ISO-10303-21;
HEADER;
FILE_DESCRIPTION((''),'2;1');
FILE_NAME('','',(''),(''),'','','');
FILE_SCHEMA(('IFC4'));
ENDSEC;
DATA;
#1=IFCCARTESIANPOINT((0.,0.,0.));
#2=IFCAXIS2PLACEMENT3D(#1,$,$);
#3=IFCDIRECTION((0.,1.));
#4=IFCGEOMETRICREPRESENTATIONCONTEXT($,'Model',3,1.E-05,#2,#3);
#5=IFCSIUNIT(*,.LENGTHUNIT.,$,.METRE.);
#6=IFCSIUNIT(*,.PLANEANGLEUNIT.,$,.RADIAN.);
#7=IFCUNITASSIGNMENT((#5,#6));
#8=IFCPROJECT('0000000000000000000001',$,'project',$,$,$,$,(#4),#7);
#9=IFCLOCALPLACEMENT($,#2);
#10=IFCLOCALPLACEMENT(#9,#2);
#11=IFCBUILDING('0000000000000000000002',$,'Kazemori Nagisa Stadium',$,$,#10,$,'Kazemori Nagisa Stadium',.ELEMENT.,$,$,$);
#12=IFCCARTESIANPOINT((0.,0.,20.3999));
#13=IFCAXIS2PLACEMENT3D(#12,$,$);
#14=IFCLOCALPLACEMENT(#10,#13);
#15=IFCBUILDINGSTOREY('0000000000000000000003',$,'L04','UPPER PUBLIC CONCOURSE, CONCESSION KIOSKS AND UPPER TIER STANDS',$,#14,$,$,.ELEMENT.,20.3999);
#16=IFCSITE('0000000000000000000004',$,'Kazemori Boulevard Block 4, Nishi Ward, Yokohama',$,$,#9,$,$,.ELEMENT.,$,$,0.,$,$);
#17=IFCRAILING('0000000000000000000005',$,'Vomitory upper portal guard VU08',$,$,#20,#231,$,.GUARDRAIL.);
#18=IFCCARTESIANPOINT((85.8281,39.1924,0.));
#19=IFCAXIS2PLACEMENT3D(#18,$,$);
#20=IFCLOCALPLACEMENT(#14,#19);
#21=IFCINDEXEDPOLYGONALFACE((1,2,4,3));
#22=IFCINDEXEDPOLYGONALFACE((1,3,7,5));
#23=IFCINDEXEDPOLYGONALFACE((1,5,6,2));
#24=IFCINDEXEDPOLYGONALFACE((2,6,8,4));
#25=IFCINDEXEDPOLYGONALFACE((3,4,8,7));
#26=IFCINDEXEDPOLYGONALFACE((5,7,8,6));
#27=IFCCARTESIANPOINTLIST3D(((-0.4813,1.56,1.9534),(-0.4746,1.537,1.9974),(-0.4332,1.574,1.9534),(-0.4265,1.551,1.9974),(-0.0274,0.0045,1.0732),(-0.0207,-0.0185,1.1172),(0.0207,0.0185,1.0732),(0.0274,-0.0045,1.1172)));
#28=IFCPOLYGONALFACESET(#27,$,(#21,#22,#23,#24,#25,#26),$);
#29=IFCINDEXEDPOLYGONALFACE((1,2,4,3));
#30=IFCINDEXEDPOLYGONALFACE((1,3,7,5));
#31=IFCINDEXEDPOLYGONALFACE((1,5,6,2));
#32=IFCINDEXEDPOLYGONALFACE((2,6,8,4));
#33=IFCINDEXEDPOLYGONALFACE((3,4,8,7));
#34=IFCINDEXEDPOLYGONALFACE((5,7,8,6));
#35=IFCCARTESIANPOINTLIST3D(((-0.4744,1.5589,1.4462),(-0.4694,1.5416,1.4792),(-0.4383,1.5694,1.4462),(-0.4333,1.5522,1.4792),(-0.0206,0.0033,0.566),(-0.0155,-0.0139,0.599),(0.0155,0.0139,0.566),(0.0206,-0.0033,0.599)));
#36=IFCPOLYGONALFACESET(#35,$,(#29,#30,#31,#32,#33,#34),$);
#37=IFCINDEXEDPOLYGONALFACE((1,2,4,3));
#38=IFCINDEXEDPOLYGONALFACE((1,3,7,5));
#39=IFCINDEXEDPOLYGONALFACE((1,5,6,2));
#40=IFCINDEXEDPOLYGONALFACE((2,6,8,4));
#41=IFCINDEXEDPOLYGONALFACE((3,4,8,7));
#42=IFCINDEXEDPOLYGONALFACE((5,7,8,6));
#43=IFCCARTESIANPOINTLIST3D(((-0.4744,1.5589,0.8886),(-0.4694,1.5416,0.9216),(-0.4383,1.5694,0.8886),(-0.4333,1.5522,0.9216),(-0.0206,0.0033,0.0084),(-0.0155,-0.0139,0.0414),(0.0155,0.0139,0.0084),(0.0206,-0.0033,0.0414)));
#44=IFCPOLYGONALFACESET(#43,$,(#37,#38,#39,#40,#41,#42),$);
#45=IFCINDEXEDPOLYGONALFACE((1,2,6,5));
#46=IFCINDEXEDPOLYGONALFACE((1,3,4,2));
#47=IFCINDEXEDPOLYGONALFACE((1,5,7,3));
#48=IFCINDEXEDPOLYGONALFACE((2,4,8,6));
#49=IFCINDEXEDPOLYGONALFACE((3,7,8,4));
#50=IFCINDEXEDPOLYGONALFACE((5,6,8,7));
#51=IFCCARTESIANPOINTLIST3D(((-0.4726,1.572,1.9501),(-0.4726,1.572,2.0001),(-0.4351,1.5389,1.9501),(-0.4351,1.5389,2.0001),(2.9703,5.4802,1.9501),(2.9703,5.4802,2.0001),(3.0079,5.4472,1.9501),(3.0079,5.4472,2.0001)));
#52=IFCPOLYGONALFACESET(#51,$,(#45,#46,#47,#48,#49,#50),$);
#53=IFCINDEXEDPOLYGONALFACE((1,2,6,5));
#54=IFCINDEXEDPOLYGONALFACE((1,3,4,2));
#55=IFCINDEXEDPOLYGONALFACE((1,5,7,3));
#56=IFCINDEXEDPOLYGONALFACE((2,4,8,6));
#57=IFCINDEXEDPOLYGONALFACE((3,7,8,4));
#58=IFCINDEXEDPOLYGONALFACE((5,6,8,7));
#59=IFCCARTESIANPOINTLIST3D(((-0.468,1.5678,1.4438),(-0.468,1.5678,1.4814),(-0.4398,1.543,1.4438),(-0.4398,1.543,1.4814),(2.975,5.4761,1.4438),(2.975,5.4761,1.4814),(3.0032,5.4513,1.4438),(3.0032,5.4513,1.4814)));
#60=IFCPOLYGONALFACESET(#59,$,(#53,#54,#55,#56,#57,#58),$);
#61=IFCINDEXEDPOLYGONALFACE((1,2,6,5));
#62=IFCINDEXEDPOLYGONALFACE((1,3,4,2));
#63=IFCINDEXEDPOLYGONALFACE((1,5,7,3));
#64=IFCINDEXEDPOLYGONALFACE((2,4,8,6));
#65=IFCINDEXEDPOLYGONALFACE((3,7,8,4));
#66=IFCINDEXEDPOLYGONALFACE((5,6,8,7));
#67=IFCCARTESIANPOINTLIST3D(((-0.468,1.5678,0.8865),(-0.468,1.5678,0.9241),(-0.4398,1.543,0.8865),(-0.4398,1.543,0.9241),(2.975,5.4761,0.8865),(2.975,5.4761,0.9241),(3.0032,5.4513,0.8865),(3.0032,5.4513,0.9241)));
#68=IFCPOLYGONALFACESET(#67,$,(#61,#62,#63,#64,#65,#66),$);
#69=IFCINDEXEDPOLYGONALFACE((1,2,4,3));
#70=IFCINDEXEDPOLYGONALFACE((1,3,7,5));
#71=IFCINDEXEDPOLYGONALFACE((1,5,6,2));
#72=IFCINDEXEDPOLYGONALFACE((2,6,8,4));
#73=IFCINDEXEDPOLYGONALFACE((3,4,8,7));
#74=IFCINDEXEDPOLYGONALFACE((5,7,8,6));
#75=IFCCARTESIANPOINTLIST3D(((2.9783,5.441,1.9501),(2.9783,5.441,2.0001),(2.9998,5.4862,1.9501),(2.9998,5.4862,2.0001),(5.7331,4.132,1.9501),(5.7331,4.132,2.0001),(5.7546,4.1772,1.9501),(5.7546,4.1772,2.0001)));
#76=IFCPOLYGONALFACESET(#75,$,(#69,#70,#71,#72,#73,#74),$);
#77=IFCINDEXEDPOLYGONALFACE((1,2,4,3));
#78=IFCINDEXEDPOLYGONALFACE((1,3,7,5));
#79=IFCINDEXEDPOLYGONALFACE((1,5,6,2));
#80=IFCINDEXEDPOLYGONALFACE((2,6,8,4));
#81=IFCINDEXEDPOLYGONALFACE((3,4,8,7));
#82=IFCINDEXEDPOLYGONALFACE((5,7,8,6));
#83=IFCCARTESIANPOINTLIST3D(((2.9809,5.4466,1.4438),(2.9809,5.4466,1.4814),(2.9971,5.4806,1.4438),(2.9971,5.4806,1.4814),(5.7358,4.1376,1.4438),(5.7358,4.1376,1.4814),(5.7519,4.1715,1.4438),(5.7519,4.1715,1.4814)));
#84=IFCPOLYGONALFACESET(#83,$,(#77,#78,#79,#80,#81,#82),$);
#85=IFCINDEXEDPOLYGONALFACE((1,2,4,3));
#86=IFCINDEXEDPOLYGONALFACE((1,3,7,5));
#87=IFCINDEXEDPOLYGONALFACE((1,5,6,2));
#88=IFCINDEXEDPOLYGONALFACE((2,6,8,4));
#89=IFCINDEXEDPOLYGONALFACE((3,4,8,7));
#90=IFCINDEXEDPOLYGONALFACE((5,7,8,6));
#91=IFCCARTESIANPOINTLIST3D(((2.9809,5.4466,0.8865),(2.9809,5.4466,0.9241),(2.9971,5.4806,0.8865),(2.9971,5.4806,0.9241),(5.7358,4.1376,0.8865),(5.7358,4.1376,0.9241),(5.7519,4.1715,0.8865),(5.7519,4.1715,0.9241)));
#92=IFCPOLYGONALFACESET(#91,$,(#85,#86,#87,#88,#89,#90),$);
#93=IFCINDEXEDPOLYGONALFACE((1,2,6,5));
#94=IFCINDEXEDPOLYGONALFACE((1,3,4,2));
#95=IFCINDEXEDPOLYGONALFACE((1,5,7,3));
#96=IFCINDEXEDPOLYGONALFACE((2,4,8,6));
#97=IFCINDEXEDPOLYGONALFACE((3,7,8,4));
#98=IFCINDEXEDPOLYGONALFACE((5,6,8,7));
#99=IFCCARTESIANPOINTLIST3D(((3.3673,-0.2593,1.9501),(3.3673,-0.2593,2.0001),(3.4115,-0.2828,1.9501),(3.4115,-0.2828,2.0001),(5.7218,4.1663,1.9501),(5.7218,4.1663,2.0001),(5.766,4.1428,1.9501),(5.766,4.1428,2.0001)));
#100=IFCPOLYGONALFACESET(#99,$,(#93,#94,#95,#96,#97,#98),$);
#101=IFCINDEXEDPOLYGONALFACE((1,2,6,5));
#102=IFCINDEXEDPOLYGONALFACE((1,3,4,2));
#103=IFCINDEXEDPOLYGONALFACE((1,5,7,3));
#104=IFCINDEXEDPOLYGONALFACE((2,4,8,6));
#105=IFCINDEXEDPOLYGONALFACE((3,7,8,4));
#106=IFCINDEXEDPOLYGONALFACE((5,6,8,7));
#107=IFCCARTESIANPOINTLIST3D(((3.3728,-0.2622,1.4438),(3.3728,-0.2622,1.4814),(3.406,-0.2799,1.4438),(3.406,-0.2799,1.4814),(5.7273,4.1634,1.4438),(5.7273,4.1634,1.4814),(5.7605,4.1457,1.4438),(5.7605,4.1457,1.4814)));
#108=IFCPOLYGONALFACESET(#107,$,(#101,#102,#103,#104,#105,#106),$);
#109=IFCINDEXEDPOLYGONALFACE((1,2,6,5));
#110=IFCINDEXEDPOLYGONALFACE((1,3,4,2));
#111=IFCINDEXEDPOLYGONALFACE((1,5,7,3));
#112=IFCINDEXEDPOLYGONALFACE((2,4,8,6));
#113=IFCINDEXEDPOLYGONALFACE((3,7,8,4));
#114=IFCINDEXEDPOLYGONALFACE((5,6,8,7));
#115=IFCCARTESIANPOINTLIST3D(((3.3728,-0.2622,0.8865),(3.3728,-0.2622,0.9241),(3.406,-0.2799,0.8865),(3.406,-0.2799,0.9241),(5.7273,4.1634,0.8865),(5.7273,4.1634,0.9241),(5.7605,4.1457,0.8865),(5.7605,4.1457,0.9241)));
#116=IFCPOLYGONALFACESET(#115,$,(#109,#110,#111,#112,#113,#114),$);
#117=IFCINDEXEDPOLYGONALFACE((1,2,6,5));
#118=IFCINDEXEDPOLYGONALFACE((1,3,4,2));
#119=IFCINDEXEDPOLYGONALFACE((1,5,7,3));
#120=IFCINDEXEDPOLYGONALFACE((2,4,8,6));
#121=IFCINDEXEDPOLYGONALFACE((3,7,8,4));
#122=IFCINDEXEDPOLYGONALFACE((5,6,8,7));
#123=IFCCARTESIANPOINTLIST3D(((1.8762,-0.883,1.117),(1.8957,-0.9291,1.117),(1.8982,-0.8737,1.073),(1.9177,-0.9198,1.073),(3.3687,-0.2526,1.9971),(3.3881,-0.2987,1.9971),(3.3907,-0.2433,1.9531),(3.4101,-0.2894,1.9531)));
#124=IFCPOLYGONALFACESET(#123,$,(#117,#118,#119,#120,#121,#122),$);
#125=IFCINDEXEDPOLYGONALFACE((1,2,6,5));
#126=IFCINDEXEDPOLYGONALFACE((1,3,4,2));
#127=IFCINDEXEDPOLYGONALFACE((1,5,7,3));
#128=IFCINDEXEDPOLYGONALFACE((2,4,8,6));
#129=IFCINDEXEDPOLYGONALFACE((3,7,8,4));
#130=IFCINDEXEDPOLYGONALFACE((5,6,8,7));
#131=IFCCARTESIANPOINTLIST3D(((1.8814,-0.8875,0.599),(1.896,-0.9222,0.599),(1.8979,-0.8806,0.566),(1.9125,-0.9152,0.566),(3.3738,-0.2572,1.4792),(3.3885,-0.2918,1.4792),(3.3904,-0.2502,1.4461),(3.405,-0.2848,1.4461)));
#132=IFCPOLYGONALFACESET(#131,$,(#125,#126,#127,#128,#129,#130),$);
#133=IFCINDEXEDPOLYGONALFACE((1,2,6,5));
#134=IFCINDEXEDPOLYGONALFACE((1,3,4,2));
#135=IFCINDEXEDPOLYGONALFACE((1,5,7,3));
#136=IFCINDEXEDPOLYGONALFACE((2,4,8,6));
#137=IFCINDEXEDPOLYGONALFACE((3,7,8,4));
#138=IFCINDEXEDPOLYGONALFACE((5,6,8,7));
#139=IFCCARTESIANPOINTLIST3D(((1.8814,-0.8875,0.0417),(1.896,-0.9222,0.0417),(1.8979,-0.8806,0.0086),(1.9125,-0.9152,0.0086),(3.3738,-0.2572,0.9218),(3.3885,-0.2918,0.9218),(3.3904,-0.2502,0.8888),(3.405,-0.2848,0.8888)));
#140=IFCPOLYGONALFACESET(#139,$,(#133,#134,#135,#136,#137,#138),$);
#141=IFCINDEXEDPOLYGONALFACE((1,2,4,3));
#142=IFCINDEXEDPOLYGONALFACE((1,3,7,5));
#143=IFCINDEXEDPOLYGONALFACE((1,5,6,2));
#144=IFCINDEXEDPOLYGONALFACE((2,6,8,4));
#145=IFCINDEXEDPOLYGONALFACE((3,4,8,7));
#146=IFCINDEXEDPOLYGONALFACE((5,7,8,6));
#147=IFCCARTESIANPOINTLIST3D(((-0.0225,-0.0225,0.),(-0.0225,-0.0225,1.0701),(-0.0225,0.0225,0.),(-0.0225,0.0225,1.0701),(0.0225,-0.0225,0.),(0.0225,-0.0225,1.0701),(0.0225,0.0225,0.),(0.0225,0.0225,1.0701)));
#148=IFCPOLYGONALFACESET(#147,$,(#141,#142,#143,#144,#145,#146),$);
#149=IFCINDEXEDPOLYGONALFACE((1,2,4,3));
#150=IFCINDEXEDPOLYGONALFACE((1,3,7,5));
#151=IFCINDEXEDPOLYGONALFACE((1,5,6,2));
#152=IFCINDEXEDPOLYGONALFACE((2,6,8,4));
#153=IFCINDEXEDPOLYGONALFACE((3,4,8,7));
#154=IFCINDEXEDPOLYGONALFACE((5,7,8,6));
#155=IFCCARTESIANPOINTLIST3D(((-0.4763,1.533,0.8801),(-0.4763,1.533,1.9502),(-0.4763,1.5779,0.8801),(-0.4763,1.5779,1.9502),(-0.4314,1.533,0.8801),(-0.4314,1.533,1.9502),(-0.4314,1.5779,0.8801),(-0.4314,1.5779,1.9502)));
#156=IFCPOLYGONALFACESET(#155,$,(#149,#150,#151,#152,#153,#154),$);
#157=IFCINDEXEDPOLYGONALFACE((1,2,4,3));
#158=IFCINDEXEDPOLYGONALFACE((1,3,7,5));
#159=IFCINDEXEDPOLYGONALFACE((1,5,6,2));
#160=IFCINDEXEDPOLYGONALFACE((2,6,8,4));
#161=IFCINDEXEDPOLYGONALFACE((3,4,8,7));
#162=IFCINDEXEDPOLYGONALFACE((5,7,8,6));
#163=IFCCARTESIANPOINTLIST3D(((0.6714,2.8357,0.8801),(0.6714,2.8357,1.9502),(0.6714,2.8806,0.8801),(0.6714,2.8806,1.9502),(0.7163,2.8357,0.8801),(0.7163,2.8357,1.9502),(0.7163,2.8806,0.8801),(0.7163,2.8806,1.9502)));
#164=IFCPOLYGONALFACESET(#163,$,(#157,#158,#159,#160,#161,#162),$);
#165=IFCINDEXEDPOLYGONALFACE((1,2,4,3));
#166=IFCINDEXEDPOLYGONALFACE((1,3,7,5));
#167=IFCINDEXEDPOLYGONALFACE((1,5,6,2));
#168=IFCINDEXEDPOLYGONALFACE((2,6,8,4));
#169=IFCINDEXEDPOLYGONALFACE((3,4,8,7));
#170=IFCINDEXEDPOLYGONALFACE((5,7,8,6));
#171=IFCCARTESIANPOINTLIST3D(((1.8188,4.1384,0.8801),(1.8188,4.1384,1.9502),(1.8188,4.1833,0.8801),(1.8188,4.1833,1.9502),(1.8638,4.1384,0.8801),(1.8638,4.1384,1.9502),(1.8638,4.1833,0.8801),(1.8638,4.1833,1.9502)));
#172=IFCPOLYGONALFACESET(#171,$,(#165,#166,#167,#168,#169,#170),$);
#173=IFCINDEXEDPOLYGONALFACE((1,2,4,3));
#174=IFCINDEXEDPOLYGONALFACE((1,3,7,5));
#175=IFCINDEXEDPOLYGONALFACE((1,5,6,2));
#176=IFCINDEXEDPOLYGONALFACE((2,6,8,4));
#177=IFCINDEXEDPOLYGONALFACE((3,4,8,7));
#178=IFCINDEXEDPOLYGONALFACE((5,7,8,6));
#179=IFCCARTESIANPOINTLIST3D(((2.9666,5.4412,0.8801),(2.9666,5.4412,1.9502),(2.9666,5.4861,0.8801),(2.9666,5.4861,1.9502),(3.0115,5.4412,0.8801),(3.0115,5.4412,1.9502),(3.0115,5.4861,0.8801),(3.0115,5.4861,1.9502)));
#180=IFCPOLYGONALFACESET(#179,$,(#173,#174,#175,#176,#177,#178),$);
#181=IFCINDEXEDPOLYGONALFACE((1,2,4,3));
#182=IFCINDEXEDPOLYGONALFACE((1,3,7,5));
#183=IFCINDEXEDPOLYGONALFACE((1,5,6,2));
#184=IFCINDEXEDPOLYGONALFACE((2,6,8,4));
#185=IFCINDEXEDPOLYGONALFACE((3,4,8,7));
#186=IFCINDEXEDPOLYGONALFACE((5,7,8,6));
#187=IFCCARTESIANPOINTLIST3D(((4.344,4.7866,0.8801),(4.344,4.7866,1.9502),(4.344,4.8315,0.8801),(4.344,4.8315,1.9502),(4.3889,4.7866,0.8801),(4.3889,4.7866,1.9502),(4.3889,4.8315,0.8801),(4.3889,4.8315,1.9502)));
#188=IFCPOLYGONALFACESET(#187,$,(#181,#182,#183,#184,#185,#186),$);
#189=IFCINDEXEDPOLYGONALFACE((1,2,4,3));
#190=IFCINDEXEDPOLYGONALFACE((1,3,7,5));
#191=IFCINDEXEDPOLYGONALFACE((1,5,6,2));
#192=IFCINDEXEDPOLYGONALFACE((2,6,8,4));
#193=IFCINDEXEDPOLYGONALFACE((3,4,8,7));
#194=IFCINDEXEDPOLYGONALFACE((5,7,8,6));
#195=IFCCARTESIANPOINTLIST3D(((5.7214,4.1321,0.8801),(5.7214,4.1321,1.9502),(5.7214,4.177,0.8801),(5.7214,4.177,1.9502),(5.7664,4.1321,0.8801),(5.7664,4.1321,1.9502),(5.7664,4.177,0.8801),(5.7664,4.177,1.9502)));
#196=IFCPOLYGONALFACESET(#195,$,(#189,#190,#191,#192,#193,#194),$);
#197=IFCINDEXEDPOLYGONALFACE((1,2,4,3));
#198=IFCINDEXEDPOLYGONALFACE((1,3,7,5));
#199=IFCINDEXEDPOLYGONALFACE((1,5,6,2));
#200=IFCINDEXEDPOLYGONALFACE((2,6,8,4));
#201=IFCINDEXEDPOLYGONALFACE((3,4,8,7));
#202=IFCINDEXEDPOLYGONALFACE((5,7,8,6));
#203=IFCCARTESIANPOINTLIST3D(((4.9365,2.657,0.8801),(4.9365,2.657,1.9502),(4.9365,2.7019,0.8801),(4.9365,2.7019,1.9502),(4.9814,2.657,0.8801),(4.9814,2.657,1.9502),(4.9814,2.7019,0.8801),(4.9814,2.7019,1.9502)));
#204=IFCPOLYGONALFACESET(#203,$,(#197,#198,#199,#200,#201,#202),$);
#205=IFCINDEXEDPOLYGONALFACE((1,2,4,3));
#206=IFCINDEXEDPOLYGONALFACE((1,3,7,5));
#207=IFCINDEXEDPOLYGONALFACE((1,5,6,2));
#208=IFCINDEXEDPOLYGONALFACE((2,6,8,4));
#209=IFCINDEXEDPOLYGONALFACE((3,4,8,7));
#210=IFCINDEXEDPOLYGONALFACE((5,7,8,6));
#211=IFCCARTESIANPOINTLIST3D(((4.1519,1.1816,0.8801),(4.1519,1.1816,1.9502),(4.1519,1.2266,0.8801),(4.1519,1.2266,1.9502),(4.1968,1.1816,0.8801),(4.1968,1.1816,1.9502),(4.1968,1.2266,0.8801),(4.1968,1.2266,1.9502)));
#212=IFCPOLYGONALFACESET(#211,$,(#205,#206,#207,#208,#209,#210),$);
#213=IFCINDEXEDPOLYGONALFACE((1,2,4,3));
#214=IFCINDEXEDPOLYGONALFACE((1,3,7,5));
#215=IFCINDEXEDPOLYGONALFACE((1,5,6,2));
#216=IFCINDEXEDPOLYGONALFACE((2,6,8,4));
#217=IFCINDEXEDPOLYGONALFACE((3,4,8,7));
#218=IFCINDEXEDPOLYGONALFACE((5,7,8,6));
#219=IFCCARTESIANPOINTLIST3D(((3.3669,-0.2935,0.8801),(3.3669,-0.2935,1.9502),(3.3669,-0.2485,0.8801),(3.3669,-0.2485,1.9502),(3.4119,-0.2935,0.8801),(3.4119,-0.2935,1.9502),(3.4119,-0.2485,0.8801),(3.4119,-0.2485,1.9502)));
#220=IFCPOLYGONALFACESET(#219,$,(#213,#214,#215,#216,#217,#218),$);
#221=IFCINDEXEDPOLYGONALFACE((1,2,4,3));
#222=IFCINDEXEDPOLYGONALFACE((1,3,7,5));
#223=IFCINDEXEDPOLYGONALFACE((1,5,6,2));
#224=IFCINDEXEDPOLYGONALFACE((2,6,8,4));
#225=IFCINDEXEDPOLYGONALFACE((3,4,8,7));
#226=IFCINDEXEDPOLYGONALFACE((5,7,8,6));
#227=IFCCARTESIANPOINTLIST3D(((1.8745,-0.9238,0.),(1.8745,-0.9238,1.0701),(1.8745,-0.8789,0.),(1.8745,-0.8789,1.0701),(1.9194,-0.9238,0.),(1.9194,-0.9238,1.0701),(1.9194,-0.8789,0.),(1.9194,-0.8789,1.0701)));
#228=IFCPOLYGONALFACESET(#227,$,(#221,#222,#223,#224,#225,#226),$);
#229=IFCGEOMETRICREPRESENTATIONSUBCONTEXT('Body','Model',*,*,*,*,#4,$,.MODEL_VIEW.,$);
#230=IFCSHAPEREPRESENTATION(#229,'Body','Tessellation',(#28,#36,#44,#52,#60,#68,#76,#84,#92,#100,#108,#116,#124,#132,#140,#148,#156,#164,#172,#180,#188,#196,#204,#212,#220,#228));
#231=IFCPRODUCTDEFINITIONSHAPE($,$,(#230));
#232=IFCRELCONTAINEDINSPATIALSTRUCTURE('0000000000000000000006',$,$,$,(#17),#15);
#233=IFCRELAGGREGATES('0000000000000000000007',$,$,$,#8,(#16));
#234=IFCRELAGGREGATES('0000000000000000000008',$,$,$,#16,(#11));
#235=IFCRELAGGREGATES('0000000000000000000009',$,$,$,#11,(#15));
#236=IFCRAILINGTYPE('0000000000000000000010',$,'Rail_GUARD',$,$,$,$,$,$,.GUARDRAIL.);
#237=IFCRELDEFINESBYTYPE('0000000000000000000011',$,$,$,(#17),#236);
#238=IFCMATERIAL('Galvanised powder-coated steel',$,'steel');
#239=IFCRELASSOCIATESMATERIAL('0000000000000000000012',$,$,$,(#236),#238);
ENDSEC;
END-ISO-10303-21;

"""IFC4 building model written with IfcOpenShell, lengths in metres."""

from ifc_helpers import new_model, si_unit, direction, frame, origin, origin_2d, place, context, subcontext, project, spatial, rectangle, extrude, material, type_object, element, save


model = new_model("IFC4")

# Units and contexts
model_context = context("Model", 3, precision=1e-05, world=origin(), true_north=direction((0.0, 1.0)))
body_context = subcontext(model_context, "Body", "Model", "MODEL_VIEW")
ifc_project = project(units=[si_unit("LENGTHUNIT", "METRE"), si_unit("PLANEANGLEUNIT", "RADIAN")], contexts=[model_context])

# Site, building, storey
site_placement = place(None, origin())
site = spatial("IfcSite", under=ifc_project, at=site_placement, Name="Kazemori Boulevard Block 4, Nishi Ward, Yokohama", CompositionType="ELEMENT", RefElevation=0.0)
building_placement = place(site_placement, origin())
building = spatial("IfcBuilding", under=site, at=building_placement, Name="Kazemori Nagisa Stadium", LongName="Kazemori Nagisa Stadium", CompositionType="ELEMENT")
storey_placement = place(building_placement, frame((0.0, 0.0, 20.3999)))
storey = spatial("IfcBuildingStorey", under=building, at=storey_placement, Name="L04", Description="UPPER PUBLIC CONCOURSE, CONCESSION KIOSKS AND UPPER TIER STANDS", CompositionType="ELEMENT", Elevation=20.3999)

# Railing
ifc_material_1 = material(Name="Galvanised powder-coated steel", Category="steel")
railing_type_1 = type_object("IfcRailingType", Name="Rail_GUARD", PredefinedType="GUARDRAIL", material=ifc_material_1)
railing_1_placement = place(storey_placement, frame((85.8281, 39.1924, 0.0)))
element("IfcRailing", 1, at=railing_1_placement, inside=storey, type_object=railing_type_1, Name="Vomitory upper portal guard VU08", PredefinedType="GUARDRAIL", context=body_context, shape_type="SweptSolid", body=[
    extrude(rectangle(XDim=0.05, YDim=0.05, at=origin_2d()), frame((0.0, 0.0, 1.0952), z_axis=(-0.246141, 0.843552, 0.47732), x_axis=(-0.959968, -0.28011, 0.0)), (0.0, 0.0, 1.0), 1.844),
    extrude(rectangle(XDim=0.0376, YDim=0.0376, at=origin_2d()), frame((0.0, 0.0, 0.5825), z_axis=(-0.246141, 0.843552, 0.47732), x_axis=(-0.959968, -0.28011, 0.0)), (0.0, 0.0, 1.0), 1.844),
    extrude(rectangle(XDim=0.0376, YDim=0.0376, at=origin_2d()), frame((0.0, 0.0, 0.0249), z_axis=(-0.246141, 0.843552, 0.47732), x_axis=(-0.959968, -0.28011, 0.0)), (0.0, 0.0, 1.0), 1.844),
    extrude(rectangle(XDim=0.05, YDim=0.05, at=origin_2d()), frame((-0.4539, 1.5554, 1.9751), z_axis=(0.661023, 0.750366, 0.0), x_axis=(-0.750366, 0.661023, 0.0)), (0.0, 0.0, 1.0), 5.2085),
    extrude(rectangle(XDim=0.0376, YDim=0.0376, at=origin_2d()), frame((-0.4539, 1.5554, 1.4626), z_axis=(0.661023, 0.750366, 0.0), x_axis=(-0.750366, 0.661023, 0.0)), (0.0, 0.0, 1.0), 5.2085),
    extrude(rectangle(XDim=0.0376, YDim=0.0376, at=origin_2d()), frame((-0.4539, 1.5554, 0.9053), z_axis=(0.661023, 0.750366, 0.0), x_axis=(-0.750366, 0.661023, 0.0)), (0.0, 0.0, 1.0), 5.2085),
    extrude(rectangle(XDim=0.05, YDim=0.05, at=origin_2d()), frame((2.989, 5.4636, 1.9751), z_axis=(0.903212, -0.429194, 0.0), x_axis=(0.429194, 0.903212, 0.0)), (0.0, 0.0, 1.0), 3.05),
    extrude(rectangle(XDim=0.0376, YDim=0.0376, at=origin_2d()), frame((2.989, 5.4636, 1.4626), z_axis=(0.903212, -0.429194, 0.0), x_axis=(0.429194, 0.903212, 0.0)), (0.0, 0.0, 1.0), 3.05),
    extrude(rectangle(XDim=0.0376, YDim=0.0376, at=origin_2d()), frame((2.989, 5.4636, 0.9053), z_axis=(0.903212, -0.429194, 0.0), x_axis=(0.429194, 0.903212, 0.0)), (0.0, 0.0, 1.0), 3.05),
    extrude(rectangle(XDim=0.05, YDim=0.05, at=origin_2d()), frame((5.7439, 4.1545, 1.9751), z_axis=(-0.469688, -0.882832, 0.0), x_axis=(0.882832, -0.469688, 0.0)), (0.0, 0.0, 1.0), 5.0129),
    extrude(rectangle(XDim=0.0376, YDim=0.0376, at=origin_2d()), frame((5.7439, 4.1545, 1.4626), z_axis=(-0.469688, -0.882832, 0.0), x_axis=(0.882832, -0.469688, 0.0)), (0.0, 0.0, 1.0), 5.0129),
    extrude(rectangle(XDim=0.0376, YDim=0.0376, at=origin_2d()), frame((5.7439, 4.1545, 0.9053), z_axis=(-0.469688, -0.882832, 0.0), x_axis=(0.882832, -0.469688, 0.0)), (0.0, 0.0, 1.0), 5.0129),
    extrude(rectangle(XDim=0.05, YDim=0.05, at=origin_2d()), frame((3.3894, -0.271, 1.9751), z_axis=(-0.809463, -0.3419, -0.477362), x_axis=(0.389094, -0.921198, 0.0)), (0.0, 0.0, 1.0), 1.8438),
    extrude(rectangle(XDim=0.0376, YDim=0.0376, at=origin_2d()), frame((3.3894, -0.271, 1.4626), z_axis=(-0.809463, -0.3419, -0.477362), x_axis=(0.389094, -0.921198, 0.0)), (0.0, 0.0, 1.0), 1.8438),
    extrude(rectangle(XDim=0.0376, YDim=0.0376, at=origin_2d()), frame((3.3894, -0.271, 0.9053), z_axis=(-0.809463, -0.3419, -0.477362), x_axis=(0.389094, -0.921198, 0.0)), (0.0, 0.0, 1.0), 1.8438),
    extrude(rectangle(XDim=0.0449, YDim=0.0449, at=origin_2d()), origin(), (0.0, 0.0, 1.0), 1.0701),
    extrude(rectangle(XDim=0.0449, YDim=0.0449, at=origin_2d()), frame((-0.4539, 1.5554, 0.8801)), (0.0, 0.0, 1.0), 1.0701),
    extrude(rectangle(XDim=0.0449, YDim=0.0449, at=origin_2d()), frame((0.6938, 2.8582, 0.8801)), (0.0, 0.0, 1.0), 1.0701),
    extrude(rectangle(XDim=0.0449, YDim=0.0449, at=origin_2d()), frame((1.8413, 4.1609, 0.8801)), (0.0, 0.0, 1.0), 1.0701),
    extrude(rectangle(XDim=0.0449, YDim=0.0449, at=origin_2d()), frame((2.989, 5.4636, 0.8801)), (0.0, 0.0, 1.0), 1.0701),
    extrude(rectangle(XDim=0.0449, YDim=0.0449, at=origin_2d()), frame((4.3665, 4.8091, 0.8801)), (0.0, 0.0, 1.0), 1.0701),
    extrude(rectangle(XDim=0.0449, YDim=0.0449, at=origin_2d()), frame((5.7439, 4.1545, 0.8801)), (0.0, 0.0, 1.0), 1.0701),
    extrude(rectangle(XDim=0.0449, YDim=0.0449, at=origin_2d()), frame((4.959, 2.6794, 0.8801)), (0.0, 0.0, 1.0), 1.0701),
    extrude(rectangle(XDim=0.0449, YDim=0.0449, at=origin_2d()), frame((4.1743, 1.2041, 0.8801)), (0.0, 0.0, 1.0), 1.0701),
    extrude(rectangle(XDim=0.0449, YDim=0.0449, at=origin_2d()), frame((3.3894, -0.271, 0.8801)), (0.0, 0.0, 1.0), 1.0701),
    extrude(rectangle(XDim=0.0449, YDim=0.0449, at=origin_2d()), frame((1.897, -0.9014, 0.0)), (0.0, 0.0, 1.0), 1.0701),
])

save(model, "model.ifc")
